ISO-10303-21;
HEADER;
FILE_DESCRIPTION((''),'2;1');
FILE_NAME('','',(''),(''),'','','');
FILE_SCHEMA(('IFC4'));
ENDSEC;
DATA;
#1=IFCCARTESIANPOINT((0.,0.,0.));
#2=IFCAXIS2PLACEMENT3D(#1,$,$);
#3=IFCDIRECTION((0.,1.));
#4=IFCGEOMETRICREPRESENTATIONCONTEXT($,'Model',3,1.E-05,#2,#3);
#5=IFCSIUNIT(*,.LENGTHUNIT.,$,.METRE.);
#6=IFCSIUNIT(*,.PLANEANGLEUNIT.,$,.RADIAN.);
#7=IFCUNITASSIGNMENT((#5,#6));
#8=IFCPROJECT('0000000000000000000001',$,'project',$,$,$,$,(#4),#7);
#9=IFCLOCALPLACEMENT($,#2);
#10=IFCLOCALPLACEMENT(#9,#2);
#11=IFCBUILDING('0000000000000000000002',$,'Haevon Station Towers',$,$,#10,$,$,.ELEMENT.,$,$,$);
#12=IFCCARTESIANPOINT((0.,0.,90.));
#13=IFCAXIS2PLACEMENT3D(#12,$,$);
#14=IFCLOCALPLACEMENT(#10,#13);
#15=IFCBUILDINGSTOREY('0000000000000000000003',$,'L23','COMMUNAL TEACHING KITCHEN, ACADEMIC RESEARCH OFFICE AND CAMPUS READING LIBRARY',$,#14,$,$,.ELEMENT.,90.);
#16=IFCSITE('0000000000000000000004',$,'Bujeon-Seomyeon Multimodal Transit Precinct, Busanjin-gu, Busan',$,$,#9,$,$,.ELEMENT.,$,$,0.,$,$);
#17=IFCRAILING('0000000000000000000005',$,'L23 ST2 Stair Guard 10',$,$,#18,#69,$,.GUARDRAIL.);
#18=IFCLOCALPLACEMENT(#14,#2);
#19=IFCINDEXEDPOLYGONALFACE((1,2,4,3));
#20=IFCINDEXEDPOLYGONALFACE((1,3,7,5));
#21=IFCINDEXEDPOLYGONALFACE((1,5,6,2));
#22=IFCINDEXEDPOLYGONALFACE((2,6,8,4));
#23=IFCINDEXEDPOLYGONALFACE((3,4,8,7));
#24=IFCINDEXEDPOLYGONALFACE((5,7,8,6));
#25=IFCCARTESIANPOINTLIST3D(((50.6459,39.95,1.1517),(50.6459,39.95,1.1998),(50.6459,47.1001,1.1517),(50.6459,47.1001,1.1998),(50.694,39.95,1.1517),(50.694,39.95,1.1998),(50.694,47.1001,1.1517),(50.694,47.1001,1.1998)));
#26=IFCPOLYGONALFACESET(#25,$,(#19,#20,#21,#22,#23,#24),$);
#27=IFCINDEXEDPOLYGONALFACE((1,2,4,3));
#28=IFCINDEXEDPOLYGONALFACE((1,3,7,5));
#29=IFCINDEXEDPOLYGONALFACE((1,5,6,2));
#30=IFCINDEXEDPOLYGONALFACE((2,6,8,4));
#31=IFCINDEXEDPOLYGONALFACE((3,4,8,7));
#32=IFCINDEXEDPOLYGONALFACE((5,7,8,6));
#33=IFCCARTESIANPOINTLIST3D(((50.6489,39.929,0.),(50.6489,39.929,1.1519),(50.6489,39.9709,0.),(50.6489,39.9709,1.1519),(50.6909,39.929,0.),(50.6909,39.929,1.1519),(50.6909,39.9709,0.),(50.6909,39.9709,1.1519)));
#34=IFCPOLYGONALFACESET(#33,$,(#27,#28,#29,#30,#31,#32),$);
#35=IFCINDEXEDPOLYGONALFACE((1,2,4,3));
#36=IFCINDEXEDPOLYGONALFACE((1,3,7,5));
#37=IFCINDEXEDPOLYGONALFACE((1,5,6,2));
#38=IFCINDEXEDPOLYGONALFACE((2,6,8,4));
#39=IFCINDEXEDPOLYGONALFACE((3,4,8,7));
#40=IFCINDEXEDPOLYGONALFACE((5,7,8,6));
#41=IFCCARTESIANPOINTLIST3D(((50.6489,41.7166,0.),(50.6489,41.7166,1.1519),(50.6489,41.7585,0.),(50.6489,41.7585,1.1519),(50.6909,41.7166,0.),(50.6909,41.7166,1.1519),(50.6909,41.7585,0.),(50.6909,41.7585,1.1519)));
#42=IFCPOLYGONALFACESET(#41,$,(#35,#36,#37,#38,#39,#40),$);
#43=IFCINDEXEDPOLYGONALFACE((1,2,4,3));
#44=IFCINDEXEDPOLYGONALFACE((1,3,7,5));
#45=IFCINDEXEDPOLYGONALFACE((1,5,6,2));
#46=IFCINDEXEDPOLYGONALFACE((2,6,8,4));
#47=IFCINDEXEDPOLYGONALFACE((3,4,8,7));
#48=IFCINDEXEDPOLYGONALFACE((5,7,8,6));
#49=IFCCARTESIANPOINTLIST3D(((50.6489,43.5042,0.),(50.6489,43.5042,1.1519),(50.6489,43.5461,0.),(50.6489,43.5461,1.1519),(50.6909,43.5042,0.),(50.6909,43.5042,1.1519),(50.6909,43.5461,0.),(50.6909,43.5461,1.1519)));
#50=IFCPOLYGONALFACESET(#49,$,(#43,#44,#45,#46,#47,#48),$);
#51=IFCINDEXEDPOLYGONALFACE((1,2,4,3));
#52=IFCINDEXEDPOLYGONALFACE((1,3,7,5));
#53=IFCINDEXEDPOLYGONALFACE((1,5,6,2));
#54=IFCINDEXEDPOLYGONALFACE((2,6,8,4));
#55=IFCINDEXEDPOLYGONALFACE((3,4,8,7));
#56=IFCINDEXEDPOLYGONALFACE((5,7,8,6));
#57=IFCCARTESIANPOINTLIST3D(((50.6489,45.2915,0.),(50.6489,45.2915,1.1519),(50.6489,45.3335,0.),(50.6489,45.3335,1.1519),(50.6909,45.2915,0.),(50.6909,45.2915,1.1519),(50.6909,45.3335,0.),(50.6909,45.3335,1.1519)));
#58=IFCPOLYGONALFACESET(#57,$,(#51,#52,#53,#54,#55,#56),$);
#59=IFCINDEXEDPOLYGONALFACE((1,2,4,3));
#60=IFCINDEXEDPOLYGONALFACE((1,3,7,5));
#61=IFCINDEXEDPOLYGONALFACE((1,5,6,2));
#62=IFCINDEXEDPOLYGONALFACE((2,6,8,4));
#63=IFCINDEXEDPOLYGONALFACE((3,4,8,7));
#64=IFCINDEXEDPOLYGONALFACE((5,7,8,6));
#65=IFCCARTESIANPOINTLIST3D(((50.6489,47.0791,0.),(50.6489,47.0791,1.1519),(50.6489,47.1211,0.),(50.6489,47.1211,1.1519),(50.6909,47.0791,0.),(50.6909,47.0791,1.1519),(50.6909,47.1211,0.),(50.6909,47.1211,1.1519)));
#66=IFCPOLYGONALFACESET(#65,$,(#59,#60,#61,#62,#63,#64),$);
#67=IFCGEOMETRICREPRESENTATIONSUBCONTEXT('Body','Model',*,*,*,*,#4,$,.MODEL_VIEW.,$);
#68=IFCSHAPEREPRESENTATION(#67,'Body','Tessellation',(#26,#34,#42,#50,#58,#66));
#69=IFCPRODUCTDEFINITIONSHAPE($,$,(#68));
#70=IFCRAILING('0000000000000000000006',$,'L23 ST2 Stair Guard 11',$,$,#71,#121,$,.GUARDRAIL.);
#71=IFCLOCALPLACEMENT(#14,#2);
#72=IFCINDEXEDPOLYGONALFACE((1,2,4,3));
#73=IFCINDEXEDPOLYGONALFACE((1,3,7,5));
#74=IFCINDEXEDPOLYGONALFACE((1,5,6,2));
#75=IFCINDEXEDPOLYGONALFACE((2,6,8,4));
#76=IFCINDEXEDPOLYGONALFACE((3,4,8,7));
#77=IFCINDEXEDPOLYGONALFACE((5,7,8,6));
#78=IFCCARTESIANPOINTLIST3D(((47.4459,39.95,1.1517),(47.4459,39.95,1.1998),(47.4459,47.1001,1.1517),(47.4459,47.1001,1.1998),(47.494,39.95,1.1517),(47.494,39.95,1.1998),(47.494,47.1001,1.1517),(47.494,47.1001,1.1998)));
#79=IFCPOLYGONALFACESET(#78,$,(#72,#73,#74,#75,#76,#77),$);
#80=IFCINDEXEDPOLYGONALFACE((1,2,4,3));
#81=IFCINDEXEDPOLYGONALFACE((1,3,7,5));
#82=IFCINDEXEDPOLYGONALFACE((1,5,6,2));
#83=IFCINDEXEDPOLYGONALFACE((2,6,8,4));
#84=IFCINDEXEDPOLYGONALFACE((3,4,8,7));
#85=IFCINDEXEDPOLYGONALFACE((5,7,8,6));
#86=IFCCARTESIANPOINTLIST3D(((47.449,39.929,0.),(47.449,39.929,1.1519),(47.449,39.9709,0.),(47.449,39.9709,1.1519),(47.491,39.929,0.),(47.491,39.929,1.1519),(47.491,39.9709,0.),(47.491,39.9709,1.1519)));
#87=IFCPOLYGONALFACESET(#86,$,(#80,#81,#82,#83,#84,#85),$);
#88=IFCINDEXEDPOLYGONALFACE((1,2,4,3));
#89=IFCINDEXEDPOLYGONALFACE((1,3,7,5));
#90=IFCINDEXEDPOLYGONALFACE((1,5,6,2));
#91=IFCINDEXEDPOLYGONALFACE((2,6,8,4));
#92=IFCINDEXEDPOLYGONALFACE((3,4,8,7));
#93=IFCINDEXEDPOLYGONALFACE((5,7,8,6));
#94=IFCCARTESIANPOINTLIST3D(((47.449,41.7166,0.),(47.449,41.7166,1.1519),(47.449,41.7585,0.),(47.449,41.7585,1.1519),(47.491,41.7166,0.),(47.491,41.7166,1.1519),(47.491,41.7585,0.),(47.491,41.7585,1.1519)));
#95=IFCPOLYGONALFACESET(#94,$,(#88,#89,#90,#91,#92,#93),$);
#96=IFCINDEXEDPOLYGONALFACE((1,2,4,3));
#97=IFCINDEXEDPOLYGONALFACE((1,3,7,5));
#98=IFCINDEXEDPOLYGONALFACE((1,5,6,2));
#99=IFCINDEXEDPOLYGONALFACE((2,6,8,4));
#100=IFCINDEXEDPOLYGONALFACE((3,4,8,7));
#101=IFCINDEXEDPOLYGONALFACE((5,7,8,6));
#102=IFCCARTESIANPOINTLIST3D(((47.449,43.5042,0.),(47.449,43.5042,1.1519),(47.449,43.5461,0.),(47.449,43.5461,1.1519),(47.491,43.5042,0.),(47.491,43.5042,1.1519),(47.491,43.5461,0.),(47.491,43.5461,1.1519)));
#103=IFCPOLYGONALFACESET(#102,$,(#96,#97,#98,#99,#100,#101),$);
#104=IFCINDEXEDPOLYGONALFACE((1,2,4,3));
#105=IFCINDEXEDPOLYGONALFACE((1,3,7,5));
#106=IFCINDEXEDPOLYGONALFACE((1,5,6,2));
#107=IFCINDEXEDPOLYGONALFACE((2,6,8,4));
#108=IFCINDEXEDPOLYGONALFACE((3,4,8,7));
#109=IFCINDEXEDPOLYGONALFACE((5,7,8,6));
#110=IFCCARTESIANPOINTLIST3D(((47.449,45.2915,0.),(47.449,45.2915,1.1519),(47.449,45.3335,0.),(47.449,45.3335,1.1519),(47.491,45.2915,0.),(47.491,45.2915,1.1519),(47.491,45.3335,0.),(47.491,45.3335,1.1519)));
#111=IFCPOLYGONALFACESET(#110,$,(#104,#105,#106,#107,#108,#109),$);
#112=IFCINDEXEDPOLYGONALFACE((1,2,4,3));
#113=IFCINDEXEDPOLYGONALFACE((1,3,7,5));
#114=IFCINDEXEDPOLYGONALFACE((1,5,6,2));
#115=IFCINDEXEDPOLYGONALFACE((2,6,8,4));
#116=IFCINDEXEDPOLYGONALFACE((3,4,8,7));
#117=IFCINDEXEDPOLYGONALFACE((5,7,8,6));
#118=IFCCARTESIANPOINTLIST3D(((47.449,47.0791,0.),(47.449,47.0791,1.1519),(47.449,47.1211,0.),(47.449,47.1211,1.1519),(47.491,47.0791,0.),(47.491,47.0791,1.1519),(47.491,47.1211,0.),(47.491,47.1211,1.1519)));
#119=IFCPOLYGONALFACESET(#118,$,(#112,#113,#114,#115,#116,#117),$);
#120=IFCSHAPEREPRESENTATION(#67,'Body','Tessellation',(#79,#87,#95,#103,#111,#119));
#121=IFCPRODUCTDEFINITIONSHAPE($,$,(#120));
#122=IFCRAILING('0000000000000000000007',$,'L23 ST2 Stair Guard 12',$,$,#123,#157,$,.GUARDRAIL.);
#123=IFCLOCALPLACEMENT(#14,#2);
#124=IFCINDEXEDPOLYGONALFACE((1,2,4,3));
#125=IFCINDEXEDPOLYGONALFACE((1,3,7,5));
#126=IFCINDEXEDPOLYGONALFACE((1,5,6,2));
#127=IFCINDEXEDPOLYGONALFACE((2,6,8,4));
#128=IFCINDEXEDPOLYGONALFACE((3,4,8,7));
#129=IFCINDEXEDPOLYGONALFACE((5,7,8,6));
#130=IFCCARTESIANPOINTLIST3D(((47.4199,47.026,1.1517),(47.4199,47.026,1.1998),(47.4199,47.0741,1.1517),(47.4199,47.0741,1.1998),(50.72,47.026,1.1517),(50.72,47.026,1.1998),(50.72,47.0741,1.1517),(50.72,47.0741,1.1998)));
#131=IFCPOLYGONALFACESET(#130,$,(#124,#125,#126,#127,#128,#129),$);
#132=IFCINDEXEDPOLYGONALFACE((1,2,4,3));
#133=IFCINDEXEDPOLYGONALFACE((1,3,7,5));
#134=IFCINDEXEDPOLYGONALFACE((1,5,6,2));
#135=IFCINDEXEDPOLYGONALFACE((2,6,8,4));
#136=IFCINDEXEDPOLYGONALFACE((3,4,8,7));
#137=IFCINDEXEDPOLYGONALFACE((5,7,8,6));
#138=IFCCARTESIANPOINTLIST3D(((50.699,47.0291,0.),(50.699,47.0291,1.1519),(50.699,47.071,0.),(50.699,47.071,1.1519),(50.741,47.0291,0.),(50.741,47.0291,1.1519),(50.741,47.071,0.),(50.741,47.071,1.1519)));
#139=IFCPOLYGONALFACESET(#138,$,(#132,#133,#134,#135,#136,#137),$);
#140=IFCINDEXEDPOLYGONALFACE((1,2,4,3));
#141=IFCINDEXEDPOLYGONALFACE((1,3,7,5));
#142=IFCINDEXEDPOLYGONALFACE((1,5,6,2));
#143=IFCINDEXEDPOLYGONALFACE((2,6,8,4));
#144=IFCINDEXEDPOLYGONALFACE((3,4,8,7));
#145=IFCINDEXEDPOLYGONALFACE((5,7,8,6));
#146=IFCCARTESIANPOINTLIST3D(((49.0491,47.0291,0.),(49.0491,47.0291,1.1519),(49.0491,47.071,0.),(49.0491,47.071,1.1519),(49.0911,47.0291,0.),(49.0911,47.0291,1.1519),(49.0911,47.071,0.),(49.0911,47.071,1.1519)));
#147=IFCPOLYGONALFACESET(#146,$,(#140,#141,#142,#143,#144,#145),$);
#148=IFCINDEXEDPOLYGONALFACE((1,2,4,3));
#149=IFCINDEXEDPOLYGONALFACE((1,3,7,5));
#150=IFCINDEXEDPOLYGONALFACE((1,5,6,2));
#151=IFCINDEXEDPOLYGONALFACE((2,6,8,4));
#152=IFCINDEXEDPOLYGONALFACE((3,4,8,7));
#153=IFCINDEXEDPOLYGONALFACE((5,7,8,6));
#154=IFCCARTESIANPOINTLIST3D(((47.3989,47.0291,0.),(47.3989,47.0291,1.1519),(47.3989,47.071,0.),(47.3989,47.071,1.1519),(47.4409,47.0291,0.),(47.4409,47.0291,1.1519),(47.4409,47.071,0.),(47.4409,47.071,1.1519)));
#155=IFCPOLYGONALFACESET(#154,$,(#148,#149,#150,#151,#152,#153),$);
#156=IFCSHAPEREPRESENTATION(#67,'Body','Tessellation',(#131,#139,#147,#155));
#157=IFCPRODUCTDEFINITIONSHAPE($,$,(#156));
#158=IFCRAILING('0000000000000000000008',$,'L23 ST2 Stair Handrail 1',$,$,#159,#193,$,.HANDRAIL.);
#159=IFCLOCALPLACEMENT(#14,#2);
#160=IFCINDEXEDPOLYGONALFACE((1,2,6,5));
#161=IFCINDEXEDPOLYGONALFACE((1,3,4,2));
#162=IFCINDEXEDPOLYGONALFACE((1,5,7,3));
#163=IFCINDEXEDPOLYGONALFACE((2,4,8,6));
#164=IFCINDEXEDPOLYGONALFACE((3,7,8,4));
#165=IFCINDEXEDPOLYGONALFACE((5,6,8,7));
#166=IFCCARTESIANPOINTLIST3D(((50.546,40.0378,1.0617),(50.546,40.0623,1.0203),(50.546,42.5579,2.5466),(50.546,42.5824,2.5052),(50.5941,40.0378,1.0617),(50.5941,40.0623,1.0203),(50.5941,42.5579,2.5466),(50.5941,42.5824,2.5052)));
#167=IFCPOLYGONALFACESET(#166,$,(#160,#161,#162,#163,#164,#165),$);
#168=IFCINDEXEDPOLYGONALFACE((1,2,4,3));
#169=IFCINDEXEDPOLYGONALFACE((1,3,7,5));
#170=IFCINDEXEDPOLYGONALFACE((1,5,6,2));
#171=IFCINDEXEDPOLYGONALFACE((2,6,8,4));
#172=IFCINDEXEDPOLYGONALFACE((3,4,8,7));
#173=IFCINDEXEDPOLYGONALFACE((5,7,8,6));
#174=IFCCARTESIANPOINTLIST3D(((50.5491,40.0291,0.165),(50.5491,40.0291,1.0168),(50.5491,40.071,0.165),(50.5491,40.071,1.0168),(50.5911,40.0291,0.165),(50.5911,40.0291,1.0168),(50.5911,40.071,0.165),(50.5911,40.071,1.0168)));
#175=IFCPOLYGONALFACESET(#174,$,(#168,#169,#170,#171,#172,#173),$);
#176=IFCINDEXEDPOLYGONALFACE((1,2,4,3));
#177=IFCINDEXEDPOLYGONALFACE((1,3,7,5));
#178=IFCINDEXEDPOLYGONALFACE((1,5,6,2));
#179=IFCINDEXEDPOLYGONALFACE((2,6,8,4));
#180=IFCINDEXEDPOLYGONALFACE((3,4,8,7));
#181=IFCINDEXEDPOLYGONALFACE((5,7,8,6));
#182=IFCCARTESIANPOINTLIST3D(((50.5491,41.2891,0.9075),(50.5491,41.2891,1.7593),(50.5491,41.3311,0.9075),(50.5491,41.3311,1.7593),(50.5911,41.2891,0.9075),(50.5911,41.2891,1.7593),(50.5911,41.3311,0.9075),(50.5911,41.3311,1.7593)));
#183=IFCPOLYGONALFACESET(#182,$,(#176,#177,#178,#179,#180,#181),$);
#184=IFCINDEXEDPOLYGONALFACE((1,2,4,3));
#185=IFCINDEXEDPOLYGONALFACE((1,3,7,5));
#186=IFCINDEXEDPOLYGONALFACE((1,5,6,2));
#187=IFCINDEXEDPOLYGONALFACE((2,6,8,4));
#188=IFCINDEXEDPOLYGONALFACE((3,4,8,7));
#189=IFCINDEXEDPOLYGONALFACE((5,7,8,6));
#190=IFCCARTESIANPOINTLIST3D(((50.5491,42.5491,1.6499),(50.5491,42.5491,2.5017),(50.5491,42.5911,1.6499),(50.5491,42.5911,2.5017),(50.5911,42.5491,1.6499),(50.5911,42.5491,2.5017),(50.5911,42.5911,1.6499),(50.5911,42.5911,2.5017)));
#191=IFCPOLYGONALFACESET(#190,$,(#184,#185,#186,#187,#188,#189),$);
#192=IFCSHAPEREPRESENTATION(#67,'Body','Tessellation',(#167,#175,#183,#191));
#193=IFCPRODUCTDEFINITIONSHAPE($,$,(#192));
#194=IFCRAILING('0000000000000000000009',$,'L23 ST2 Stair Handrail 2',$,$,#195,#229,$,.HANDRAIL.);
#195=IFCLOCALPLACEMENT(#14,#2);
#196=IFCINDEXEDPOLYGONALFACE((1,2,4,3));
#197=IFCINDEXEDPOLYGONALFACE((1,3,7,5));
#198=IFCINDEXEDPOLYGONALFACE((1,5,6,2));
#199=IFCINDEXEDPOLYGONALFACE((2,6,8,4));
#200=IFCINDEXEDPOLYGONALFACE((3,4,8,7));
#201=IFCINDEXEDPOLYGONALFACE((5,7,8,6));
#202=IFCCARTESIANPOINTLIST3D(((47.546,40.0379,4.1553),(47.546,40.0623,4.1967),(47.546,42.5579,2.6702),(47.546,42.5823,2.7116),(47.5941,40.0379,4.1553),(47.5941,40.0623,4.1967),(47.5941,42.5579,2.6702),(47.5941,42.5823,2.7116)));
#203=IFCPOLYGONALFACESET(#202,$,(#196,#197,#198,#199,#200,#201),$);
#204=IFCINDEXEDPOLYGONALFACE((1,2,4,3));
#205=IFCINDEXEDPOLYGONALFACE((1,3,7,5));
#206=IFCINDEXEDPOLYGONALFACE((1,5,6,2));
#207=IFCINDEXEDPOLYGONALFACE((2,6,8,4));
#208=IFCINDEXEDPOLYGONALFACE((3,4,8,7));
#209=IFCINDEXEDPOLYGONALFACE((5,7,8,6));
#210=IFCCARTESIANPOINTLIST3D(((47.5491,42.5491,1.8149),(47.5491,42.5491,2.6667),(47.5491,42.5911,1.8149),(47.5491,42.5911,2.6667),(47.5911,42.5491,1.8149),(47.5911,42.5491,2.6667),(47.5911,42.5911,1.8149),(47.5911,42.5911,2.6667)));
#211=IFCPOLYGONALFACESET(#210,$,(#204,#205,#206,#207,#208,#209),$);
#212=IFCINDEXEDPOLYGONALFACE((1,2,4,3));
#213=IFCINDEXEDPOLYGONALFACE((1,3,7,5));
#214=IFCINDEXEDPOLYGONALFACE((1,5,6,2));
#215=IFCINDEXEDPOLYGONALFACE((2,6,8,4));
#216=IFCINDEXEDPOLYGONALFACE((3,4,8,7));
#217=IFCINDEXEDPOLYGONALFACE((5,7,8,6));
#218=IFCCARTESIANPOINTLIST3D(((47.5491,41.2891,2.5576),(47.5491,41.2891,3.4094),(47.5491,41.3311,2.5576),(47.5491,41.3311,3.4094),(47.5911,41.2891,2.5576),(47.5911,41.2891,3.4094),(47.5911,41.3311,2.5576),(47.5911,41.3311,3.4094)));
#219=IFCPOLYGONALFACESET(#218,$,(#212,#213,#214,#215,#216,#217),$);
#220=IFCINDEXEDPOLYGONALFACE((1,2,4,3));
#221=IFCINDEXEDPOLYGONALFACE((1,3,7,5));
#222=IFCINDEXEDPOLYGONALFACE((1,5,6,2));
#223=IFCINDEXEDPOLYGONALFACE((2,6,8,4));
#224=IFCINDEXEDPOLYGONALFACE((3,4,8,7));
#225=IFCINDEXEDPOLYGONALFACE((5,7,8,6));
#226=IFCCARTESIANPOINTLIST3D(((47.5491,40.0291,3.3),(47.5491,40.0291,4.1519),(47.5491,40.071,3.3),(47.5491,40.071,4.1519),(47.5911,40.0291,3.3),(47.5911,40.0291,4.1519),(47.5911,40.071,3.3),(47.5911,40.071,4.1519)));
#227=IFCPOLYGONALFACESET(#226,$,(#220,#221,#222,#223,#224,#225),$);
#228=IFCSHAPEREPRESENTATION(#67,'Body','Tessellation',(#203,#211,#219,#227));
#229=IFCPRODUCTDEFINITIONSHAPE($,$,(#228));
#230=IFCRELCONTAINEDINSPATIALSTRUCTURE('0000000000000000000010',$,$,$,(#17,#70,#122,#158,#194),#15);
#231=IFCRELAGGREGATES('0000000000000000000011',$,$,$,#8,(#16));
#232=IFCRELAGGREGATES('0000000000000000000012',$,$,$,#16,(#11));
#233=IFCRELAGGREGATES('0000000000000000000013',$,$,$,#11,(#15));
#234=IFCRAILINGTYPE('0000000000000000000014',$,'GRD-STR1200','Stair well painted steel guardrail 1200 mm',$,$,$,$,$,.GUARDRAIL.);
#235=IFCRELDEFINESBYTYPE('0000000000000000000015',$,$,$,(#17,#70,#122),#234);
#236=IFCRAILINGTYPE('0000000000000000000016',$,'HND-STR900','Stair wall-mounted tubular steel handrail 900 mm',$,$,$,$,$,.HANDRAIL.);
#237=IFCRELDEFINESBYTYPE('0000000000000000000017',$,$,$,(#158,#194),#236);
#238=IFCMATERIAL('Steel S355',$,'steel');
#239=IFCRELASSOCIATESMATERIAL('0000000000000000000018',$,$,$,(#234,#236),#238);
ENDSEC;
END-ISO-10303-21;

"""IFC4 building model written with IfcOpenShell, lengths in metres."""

from ifc_helpers import new_model, si_unit, direction, frame, origin, origin_2d, place, context, subcontext, project, spatial, rectangle, extrude, material, type_object, element, save


model = new_model("IFC4")

# Units and contexts
model_context = context("Model", 3, precision=1e-05, world=origin(), true_north=direction((0.0, 1.0)))
body_context = subcontext(model_context, "Body", "Model", "MODEL_VIEW")
ifc_project = project(units=[si_unit("LENGTHUNIT", "METRE"), si_unit("PLANEANGLEUNIT", "RADIAN")], contexts=[model_context])

# Site, building, storey
site_placement = place(None, origin())
site = spatial("IfcSite", under=ifc_project, at=site_placement, Name="Bujeon-Seomyeon Multimodal Transit Precinct, Busanjin-gu, Busan", CompositionType="ELEMENT", RefElevation=0.0)
building_placement = place(site_placement, origin())
building = spatial("IfcBuilding", under=site, at=building_placement, Name="Haevon Station Towers", CompositionType="ELEMENT")
storey_placement = place(building_placement, frame((0.0, 0.0, 90.0)))
storey = spatial("IfcBuildingStorey", under=building, at=storey_placement, Name="L23", Description="COMMUNAL TEACHING KITCHEN, ACADEMIC RESEARCH OFFICE AND CAMPUS READING LIBRARY", CompositionType="ELEMENT", Elevation=90.0)

# Shared definitions
ifc_material_1 = material(Name="Steel S355", Category="steel")

# Railings
railing_type_1 = type_object("IfcRailingType", Name="GRD-STR1200", Description="Stair well painted steel guardrail 1200 mm", PredefinedType="GUARDRAIL", material=ifc_material_1)
for number, where, name in (
    (1, (50.6699, 39.95, 0.0), "L23 ST2 Stair Guard 10"),
    (2, (47.47, 39.95, 0.0), "L23 ST2 Stair Guard 11"),
):
    element("IfcRailing", number, at=place(storey_placement, frame(where)), inside=storey, type_object=railing_type_1, Name=name, PredefinedType="GUARDRAIL", context=body_context, shape_type="SweptSolid", body=[
        extrude(rectangle(XDim=0.0481, YDim=0.0481, at=origin_2d()), frame((0.0, 0.0, 1.1758), z_axis=(0.0, 1.0, 0.0), x_axis=(-1.0, 0.0, 0.0)), (0.0, 0.0, 1.0), 7.1501),
        extrude(rectangle(XDim=0.042, YDim=0.042, at=origin_2d()), origin(), (0.0, 0.0, 1.0), 1.1519),
        extrude(rectangle(XDim=0.042, YDim=0.042, at=origin_2d()), frame((0.0, 1.7876, 0.0)), (0.0, 0.0, 1.0), 1.1519),
        extrude(rectangle(XDim=0.042, YDim=0.042, at=origin_2d()), frame((0.0, 3.5752, 0.0)), (0.0, 0.0, 1.0), 1.1519),
        extrude(rectangle(XDim=0.042, YDim=0.042, at=origin_2d()), frame((0.0, 5.3625, 0.0)), (0.0, 0.0, 1.0), 1.1519),
        extrude(rectangle(XDim=0.042, YDim=0.042, at=origin_2d()), frame((0.0, 7.1501, 0.0)), (0.0, 0.0, 1.0), 1.1519),
    ])
railing_1_placement = place(storey_placement, frame((50.72, 47.05, 0.0)))
element("IfcRailing", 3, at=railing_1_placement, inside=storey, type_object=railing_type_1, Name="L23 ST2 Stair Guard 12", PredefinedType="GUARDRAIL", context=body_context, shape_type="SweptSolid", body=[
    extrude(rectangle(XDim=0.0481, YDim=0.0481, at=origin_2d()), frame((0.0, 0.0, 1.1758), z_axis=(-1.0, 0.0, 0.0), x_axis=(0.0, -1.0, 0.0)), (0.0, 0.0, 1.0), 3.3),
    extrude(rectangle(XDim=0.042, YDim=0.042, at=origin_2d()), origin(), (0.0, 0.0, 1.0), 1.1519),
    extrude(rectangle(XDim=0.042, YDim=0.042, at=origin_2d()), frame((-1.6499, 0.0, 0.0)), (0.0, 0.0, 1.0), 1.1519),
    extrude(rectangle(XDim=0.042, YDim=0.042, at=origin_2d()), frame((-3.3, 0.0, 0.0)), (0.0, 0.0, 1.0), 1.1519),
])
railing_type_2 = type_object("IfcRailingType", Name="HND-STR900", Description="Stair wall-mounted tubular steel handrail 900 mm", PredefinedType="HANDRAIL", material=ifc_material_1)
railing_2_placement = place(storey_placement, frame((50.5701, 40.05, 0.165)))
element("IfcRailing", 4, at=railing_2_placement, inside=storey, type_object=railing_type_2, Name="L23 ST2 Stair Handrail 1", PredefinedType="HANDRAIL", context=body_context, shape_type="SweptSolid", body=[
    extrude(rectangle(XDim=0.0481, YDim=0.0481, at=origin_2d()), frame((0.0, 0.0, 0.876), z_axis=(0.0, 0.861561, 0.507655), x_axis=(-1.0, 0.0, 0.0)), (0.0, 0.0, 1.0), 2.925),
    extrude(rectangle(XDim=0.042, YDim=0.042, at=origin_2d()), origin(), (0.0, 0.0, 1.0), 0.8518),
    extrude(rectangle(XDim=0.042, YDim=0.042, at=origin_2d()), frame((0.0, 1.26, 0.7424)), (0.0, 0.0, 1.0), 0.8518),
    extrude(rectangle(XDim=0.042, YDim=0.042, at=origin_2d()), frame((0.0, 2.52, 1.4849)), (0.0, 0.0, 1.0), 0.8518),
])
railing_3_placement = place(storey_placement, frame((47.5701, 42.5701, 1.8149)))
element("IfcRailing", 5, at=railing_3_placement, inside=storey, type_object=railing_type_2, Name="L23 ST2 Stair Handrail 2", PredefinedType="HANDRAIL", context=body_context, shape_type="SweptSolid", body=[
    extrude(rectangle(XDim=0.0481, YDim=0.0481, at=origin_2d()), frame((0.0, 0.0, 0.876), z_axis=(0.0, -0.861524, 0.507717), x_axis=(1.0, 0.0, 0.0)), (0.0, 0.0, 1.0), 2.925),
    extrude(rectangle(XDim=0.042, YDim=0.042, at=origin_2d()), origin(), (0.0, 0.0, 1.0), 0.8518),
    extrude(rectangle(XDim=0.042, YDim=0.042, at=origin_2d()), frame((0.0, -1.26, 0.7427)), (0.0, 0.0, 1.0), 0.8518),
    extrude(rectangle(XDim=0.042, YDim=0.042, at=origin_2d()), frame((0.0, -2.52, 1.4851)), (0.0, 0.0, 1.0), 0.8518),
])

save(model, "model.ifc")
